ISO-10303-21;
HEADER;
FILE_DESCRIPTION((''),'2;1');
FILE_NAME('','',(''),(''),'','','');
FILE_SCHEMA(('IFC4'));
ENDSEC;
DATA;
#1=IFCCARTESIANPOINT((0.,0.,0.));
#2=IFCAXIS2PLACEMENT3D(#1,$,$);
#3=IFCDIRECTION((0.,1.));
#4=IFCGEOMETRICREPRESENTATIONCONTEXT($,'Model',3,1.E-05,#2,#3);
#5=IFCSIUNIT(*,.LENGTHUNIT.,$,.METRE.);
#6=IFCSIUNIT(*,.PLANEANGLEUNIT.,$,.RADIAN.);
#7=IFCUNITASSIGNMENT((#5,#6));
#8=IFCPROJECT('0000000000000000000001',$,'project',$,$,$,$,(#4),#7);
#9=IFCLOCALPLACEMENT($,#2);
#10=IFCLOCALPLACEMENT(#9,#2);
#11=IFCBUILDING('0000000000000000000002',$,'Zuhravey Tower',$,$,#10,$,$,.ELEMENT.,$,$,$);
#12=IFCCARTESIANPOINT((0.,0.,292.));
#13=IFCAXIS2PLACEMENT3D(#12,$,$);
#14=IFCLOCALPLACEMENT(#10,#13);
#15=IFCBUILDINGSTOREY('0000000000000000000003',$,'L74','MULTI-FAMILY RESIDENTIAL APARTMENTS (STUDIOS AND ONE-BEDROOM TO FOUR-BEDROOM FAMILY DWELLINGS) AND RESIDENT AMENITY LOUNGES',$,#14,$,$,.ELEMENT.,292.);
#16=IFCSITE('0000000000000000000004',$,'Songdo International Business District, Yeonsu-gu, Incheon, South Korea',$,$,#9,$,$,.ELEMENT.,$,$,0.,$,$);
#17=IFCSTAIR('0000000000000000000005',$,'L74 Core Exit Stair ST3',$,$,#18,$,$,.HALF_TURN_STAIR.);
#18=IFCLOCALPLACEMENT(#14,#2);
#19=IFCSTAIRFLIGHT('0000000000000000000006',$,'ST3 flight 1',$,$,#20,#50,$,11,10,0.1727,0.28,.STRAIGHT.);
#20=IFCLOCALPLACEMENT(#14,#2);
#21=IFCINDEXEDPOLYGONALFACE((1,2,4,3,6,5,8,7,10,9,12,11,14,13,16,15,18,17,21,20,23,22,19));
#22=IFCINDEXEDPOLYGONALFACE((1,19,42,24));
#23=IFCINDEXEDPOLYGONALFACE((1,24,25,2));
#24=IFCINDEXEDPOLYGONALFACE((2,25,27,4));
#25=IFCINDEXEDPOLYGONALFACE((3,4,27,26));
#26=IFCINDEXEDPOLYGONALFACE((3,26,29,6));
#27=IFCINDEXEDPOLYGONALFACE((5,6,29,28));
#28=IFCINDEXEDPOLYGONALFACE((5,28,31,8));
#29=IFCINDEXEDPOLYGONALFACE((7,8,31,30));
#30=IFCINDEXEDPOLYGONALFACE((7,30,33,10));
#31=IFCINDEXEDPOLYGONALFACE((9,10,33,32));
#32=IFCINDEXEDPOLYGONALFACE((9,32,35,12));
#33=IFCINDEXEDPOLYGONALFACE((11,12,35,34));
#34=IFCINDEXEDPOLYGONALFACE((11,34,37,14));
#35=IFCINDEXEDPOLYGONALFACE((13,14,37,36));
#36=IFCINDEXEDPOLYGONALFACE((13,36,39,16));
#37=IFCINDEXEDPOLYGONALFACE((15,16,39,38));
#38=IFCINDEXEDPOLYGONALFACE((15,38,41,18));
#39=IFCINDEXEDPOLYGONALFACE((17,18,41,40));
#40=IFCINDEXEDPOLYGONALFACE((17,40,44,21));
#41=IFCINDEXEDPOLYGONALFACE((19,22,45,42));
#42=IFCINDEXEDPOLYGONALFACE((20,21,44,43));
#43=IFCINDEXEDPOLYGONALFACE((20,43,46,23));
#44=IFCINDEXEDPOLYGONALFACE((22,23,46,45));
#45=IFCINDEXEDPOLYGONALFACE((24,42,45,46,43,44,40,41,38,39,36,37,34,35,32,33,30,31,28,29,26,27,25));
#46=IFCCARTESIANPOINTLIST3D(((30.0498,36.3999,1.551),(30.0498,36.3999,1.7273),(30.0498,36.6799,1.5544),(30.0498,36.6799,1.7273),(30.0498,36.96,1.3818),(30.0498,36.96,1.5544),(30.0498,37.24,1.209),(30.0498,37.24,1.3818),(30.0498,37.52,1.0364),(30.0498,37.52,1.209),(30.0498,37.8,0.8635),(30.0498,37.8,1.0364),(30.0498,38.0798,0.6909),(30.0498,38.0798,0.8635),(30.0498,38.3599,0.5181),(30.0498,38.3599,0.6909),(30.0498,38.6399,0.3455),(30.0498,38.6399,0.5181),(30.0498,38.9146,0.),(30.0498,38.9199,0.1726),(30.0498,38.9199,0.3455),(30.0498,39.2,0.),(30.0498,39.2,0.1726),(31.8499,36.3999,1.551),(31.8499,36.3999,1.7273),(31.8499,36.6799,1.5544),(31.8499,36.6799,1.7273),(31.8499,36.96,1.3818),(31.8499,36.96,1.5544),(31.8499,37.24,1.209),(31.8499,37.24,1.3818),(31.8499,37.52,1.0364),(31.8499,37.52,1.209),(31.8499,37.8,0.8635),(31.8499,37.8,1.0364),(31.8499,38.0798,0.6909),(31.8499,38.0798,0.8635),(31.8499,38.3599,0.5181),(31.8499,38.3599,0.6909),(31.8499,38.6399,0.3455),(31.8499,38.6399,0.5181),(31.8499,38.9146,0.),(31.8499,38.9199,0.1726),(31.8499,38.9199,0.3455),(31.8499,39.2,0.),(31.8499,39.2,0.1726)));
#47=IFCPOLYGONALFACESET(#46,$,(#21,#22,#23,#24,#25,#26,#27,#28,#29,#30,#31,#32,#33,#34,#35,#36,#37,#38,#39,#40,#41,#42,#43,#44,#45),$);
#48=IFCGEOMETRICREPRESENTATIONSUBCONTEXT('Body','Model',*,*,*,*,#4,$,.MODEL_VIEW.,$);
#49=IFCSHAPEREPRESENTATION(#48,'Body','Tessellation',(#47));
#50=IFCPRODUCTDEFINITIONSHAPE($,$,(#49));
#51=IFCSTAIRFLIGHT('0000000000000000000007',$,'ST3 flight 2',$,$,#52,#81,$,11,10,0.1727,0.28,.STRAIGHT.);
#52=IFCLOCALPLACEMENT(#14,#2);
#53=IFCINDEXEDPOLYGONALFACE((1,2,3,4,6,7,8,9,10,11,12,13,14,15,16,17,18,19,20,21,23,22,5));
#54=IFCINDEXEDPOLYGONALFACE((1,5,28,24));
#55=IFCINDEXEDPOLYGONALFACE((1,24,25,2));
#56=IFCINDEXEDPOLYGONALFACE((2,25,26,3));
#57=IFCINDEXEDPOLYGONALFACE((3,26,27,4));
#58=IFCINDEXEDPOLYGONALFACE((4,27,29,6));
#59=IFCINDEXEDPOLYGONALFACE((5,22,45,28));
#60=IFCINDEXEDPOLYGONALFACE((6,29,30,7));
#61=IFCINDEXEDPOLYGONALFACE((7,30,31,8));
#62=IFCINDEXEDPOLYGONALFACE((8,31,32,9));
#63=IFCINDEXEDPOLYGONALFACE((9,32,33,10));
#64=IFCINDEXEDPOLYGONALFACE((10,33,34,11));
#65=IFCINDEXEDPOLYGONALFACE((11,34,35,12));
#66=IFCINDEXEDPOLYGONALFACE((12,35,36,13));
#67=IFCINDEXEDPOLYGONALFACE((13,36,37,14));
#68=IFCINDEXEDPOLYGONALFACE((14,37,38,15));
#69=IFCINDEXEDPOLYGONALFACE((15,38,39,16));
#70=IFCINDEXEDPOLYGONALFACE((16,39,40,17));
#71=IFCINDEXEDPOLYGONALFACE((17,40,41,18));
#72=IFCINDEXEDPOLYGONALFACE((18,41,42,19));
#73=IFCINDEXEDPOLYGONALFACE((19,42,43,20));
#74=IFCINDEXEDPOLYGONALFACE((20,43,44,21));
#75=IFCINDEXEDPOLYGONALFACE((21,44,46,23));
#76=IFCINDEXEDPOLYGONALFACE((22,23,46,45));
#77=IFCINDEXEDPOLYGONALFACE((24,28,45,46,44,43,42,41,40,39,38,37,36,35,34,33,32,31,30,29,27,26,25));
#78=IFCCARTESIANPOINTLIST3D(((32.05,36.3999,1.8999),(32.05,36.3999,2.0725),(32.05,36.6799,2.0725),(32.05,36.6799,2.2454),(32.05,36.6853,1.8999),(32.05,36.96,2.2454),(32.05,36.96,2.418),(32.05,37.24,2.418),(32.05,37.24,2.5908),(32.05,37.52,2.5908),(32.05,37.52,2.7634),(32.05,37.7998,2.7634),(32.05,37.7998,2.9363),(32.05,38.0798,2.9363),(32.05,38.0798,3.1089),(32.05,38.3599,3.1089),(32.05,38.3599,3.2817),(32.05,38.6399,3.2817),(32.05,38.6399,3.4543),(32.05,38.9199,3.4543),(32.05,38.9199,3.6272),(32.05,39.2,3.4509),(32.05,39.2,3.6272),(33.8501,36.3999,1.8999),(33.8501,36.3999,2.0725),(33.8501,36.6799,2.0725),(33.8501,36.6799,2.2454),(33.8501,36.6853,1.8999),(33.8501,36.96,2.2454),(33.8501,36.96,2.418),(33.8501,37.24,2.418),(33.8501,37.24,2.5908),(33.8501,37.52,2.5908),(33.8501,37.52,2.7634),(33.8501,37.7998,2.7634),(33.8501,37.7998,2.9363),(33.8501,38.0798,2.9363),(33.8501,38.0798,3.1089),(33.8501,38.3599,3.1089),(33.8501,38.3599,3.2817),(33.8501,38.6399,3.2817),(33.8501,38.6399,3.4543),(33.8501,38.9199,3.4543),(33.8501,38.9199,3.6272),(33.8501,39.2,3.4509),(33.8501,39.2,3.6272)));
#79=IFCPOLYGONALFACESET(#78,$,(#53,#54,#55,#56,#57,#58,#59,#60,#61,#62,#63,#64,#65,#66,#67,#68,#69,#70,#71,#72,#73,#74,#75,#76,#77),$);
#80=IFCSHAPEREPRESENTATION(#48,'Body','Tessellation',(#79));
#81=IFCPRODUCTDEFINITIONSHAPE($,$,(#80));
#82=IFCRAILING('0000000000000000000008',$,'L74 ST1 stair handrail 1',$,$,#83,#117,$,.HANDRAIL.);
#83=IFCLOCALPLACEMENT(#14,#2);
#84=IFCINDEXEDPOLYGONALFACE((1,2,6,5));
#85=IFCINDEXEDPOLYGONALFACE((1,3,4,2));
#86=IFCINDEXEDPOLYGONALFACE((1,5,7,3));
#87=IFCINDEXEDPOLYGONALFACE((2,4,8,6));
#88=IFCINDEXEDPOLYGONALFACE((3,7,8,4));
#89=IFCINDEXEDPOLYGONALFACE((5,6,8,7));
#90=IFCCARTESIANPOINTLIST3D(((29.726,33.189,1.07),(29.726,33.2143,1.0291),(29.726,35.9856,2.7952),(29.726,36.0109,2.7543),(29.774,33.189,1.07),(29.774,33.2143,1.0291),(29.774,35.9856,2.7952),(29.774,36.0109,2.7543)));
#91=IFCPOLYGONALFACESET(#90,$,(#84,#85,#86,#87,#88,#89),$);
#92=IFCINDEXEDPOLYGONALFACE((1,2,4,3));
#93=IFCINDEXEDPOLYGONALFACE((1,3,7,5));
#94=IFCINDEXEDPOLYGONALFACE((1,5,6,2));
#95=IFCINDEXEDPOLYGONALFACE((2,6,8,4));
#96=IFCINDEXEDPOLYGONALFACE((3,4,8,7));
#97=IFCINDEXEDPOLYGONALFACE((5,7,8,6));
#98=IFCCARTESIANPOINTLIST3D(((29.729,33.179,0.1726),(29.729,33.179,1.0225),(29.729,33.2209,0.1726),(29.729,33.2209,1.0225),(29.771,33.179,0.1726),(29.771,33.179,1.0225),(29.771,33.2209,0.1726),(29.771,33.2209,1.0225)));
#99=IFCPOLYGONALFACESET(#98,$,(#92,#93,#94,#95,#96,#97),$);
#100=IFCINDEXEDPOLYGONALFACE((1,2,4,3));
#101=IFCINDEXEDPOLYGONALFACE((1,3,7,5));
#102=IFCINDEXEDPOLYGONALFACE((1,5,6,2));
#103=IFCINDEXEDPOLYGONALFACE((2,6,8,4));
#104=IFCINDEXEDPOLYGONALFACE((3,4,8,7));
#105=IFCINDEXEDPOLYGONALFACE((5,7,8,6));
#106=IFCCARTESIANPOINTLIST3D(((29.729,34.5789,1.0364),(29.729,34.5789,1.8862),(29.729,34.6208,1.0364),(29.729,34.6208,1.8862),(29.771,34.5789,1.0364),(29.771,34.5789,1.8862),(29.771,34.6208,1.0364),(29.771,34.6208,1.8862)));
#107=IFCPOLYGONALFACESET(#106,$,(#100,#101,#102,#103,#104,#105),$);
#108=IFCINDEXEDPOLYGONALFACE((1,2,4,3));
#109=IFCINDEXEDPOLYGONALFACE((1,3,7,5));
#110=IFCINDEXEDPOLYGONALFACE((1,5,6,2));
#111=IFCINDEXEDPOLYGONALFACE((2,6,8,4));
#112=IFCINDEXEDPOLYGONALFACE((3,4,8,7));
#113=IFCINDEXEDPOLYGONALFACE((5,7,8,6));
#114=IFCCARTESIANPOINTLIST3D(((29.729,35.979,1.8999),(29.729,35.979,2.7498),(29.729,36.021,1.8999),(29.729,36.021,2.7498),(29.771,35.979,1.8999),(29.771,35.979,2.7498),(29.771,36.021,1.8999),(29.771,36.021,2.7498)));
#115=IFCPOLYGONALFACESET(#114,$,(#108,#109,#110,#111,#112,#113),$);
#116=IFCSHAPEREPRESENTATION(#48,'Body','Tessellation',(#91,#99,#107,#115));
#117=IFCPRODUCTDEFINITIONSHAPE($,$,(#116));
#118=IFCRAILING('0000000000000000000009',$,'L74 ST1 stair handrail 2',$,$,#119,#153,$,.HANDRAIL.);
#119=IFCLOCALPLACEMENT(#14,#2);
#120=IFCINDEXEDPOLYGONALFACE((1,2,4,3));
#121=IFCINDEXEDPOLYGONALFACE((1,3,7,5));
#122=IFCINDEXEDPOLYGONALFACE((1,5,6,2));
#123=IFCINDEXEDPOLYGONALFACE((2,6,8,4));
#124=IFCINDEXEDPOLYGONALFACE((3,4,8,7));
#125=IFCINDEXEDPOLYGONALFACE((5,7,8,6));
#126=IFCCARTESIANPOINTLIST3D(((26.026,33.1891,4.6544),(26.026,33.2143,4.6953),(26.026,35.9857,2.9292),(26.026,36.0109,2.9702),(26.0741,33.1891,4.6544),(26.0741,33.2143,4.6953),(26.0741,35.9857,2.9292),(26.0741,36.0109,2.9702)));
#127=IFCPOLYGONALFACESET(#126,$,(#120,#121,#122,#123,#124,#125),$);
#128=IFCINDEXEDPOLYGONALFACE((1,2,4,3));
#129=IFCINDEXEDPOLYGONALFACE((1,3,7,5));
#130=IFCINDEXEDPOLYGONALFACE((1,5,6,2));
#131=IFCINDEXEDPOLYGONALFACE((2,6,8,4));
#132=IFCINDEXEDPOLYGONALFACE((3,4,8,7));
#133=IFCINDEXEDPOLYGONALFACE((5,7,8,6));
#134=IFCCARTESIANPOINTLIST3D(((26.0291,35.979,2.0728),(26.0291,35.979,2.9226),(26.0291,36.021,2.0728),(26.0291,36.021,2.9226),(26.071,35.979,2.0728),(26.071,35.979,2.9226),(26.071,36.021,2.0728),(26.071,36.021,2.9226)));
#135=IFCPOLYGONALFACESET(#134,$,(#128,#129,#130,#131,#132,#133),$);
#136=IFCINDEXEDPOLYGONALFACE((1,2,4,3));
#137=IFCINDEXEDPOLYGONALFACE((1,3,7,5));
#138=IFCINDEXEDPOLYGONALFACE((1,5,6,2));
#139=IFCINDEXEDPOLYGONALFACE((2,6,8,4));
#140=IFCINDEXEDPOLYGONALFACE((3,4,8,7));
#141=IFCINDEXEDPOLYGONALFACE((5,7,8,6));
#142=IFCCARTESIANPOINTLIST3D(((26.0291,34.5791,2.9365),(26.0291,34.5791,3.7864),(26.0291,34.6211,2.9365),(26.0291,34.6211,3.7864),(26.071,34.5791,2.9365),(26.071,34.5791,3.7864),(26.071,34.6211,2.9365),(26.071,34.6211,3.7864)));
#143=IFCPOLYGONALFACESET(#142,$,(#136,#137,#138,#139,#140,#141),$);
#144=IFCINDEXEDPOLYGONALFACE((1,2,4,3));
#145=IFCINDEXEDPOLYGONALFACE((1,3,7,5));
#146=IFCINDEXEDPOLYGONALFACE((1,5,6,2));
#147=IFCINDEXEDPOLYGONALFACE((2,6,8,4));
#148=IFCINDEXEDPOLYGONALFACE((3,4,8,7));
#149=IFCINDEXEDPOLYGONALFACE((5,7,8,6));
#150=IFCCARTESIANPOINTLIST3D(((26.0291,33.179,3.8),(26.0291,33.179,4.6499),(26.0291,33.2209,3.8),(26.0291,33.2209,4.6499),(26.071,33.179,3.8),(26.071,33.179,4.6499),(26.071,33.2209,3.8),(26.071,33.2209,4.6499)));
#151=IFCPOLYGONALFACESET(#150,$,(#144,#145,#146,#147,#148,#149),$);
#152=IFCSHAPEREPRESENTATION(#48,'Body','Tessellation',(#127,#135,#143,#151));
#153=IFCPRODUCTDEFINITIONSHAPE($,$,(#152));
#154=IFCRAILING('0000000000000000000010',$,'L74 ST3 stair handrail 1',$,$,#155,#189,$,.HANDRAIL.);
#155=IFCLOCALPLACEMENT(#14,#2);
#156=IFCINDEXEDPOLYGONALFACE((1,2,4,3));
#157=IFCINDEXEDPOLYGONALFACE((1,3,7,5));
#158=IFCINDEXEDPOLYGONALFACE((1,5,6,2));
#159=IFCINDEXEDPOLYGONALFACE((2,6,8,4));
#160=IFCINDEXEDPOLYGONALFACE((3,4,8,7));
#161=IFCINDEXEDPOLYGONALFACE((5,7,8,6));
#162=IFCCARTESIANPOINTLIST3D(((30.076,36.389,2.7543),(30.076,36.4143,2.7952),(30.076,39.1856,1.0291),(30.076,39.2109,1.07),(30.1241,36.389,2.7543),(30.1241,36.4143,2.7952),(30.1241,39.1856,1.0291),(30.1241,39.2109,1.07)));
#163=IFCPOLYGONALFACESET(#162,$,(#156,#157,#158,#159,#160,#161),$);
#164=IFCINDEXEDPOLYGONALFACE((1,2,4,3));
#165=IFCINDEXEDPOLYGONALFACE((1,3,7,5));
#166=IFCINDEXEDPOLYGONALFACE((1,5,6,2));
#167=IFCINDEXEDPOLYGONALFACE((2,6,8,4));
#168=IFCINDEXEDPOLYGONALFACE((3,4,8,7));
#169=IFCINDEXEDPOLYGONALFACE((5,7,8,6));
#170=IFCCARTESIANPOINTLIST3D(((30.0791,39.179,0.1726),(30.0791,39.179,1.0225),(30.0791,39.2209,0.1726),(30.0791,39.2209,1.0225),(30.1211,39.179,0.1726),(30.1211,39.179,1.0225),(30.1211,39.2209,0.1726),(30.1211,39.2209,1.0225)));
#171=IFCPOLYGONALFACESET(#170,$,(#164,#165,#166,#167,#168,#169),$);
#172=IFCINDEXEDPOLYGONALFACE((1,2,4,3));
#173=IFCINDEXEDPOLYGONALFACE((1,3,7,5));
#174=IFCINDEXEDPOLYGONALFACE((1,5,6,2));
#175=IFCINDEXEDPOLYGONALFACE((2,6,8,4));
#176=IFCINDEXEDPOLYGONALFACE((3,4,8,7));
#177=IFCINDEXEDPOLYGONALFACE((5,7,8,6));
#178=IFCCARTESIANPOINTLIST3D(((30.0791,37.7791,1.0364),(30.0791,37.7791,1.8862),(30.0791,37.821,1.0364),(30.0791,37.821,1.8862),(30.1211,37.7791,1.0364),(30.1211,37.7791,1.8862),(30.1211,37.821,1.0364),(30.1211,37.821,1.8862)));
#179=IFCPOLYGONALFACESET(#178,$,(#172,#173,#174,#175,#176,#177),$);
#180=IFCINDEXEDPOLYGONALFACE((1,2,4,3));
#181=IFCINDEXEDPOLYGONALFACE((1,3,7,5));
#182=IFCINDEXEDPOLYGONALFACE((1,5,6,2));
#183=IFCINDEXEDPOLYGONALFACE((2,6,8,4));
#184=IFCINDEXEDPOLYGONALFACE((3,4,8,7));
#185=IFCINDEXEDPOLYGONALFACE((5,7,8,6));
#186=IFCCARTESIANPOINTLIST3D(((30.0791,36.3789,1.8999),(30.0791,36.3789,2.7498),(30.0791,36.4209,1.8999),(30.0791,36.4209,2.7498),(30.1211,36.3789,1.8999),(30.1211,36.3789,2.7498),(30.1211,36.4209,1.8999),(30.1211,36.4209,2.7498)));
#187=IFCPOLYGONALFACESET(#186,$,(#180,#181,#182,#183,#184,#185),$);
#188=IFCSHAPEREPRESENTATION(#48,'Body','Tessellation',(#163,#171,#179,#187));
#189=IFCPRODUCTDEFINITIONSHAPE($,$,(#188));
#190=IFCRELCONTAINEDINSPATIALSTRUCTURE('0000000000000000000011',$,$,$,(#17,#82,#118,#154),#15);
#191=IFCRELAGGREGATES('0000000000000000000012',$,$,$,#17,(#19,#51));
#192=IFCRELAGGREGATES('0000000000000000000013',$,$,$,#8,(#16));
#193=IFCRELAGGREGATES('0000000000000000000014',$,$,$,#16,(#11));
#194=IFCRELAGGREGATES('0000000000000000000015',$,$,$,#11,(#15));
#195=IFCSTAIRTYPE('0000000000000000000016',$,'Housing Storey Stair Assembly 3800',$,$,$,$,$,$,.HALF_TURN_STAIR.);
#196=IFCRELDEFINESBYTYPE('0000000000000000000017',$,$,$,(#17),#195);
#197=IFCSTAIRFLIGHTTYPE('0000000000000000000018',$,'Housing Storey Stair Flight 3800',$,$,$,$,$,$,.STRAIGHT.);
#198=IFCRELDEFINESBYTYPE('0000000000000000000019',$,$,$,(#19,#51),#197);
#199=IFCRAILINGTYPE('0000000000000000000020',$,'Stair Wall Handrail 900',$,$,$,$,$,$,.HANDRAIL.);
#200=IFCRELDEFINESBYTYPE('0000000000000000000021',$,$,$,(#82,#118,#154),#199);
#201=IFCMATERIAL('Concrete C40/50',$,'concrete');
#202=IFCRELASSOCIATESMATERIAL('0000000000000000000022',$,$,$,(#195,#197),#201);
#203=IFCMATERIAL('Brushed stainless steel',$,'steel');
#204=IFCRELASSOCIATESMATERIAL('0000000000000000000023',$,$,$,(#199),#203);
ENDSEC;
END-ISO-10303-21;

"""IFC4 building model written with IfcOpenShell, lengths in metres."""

from ifc_helpers import new_model, si_unit, direction, frame, origin, origin_2d, place, context, subcontext, project, spatial, polyline, rectangle, outline, extrude, material, type_object, element, aggregate, save


model = new_model("IFC4")

# Units and contexts
model_context = context("Model", 3, precision=1e-05, world=origin(), true_north=direction((0.0, 1.0)))
body_context = subcontext(model_context, "Body", "Model", "MODEL_VIEW")
ifc_project = project(units=[si_unit("LENGTHUNIT", "METRE"), si_unit("PLANEANGLEUNIT", "RADIAN")], contexts=[model_context])

# Site, building, storey
site_placement = place(None, origin())
site = spatial("IfcSite", under=ifc_project, at=site_placement, Name="Songdo International Business District, Yeonsu-gu, Incheon, South Korea", CompositionType="ELEMENT", RefElevation=0.0)
building_placement = place(site_placement, origin())
building = spatial("IfcBuilding", under=site, at=building_placement, Name="Zuhravey Tower", CompositionType="ELEMENT")
storey_placement = place(building_placement, frame((0.0, 0.0, 292.0)))
storey = spatial("IfcBuildingStorey", under=building, at=storey_placement, Name="L74", Description="MULTI-FAMILY RESIDENTIAL APARTMENTS (STUDIOS AND ONE-BEDROOM TO FOUR-BEDROOM FAMILY DWELLINGS) AND RESIDENT AMENITY LOUNGES", CompositionType="ELEMENT", Elevation=292.0)

# Stair, stair flights
ifc_material_1 = material(Name="Concrete C40/50", Category="concrete")
stair_type = type_object("IfcStairType", Name="Housing Storey Stair Assembly 3800", PredefinedType="HALF_TURN_STAIR", material=ifc_material_1)
stair_flight_type = type_object("IfcStairFlightType", Name="Housing Storey Stair Flight 3800", PredefinedType="STRAIGHT", material=ifc_material_1)
stair_1_placement = place(storey_placement, origin())
stair_1 = element("IfcStair", 1, at=stair_1_placement, inside=storey, type_object=stair_type, Name="L74 Core Exit Stair ST3", PredefinedType="HALF_TURN_STAIR")
stair_flight_1_placement = place(storey_placement, frame((30.95, 39.2, 0.0), z_axis=(0.0, 0.0, 1.0), x_axis=(0.0, -1.0, 0.0)))
stair_flight_1 = element("IfcStairFlight", 2, at=stair_flight_1_placement, type_object=stair_flight_type, Name="ST3 flight 1", NumberOfRisers=11, NumberOfTreads=10, PredefinedType="STRAIGHT", RiserHeight=0.1727, TreadLength=0.28, context=body_context, shape_type="SweptSolid", body=[
    extrude(outline(polyline([(0.0, 0.0), (0.0, 0.1726), (0.28, 0.1726), (0.28, 0.3455), (0.5601, 0.3455), (0.5601, 0.5181), (0.8401, 0.5181), (0.8401, 0.6909), (1.1201, 0.6909), (1.1201, 0.8635), (1.3999, 0.8635), (1.3999, 1.0364), (1.6799, 1.0364), (1.6799, 1.209), (1.96, 1.209), (1.96, 1.3818), (2.24, 1.3818), (2.24, 1.5544), (2.52, 1.5544), (2.52, 1.7273), (2.8, 1.7273), (2.8, 1.8999), (2.8, 1.551), (0.2854, 0.0), (0.0, 0.0)])), frame((0.0, 0.8999, 0.0), z_axis=(0.0, -1.0, 0.0), x_axis=(1.0, 0.0, 0.0)), (0.0, 0.0, 1.0), 1.8),
])
stair_flight_2_placement = place(storey_placement, frame((32.95, 36.3999, 1.8999), z_axis=(0.0, 0.0, 1.0), x_axis=(0.0, 1.0, 0.0)))
stair_flight_2 = element("IfcStairFlight", 3, at=stair_flight_2_placement, type_object=stair_flight_type, Name="ST3 flight 2", NumberOfRisers=11, NumberOfTreads=10, PredefinedType="STRAIGHT", RiserHeight=0.1727, TreadLength=0.28, context=body_context, shape_type="SweptSolid", body=[
    extrude(outline(polyline([(0.0, 0.0), (0.0, 0.1726), (0.28, 0.1726), (0.28, 0.3455), (0.5601, 0.3455), (0.5601, 0.5181), (0.8401, 0.5181), (0.8401, 0.6909), (1.1201, 0.6909), (1.1201, 0.8635), (1.3999, 0.8635), (1.3999, 1.0364), (1.6799, 1.0364), (1.6799, 1.209), (1.96, 1.209), (1.96, 1.3818), (2.24, 1.3818), (2.24, 1.5544), (2.52, 1.5544), (2.52, 1.7273), (2.8, 1.7273), (2.8, 1.8999), (2.8, 1.551), (0.2854, 0.0), (0.0, 0.0)])), frame((0.0, 0.8999, 0.0), z_axis=(0.0, -1.0, 0.0), x_axis=(1.0, 0.0, 0.0)), (0.0, 0.0, 1.0), 1.8),
])
aggregate(stair_1, [stair_flight_1, stair_flight_2])

# Railings
ifc_material_2 = material(Name="Brushed stainless steel", Category="steel")
railing_type_1 = type_object("IfcRailingType", Name="Stair Wall Handrail 900", PredefinedType="HANDRAIL", material=ifc_material_2)
railing_1_placement = place(storey_placement, frame((29.75, 33.2, 0.1726)))
element("IfcRailing", 4, at=railing_1_placement, inside=storey, type_object=railing_type_1, Name="L74 ST1 stair handrail 1", PredefinedType="HANDRAIL", context=body_context, shape_type="SweptSolid", body=[
    extrude(rectangle(XDim=0.0481, YDim=0.0481, at=origin_2d()), frame((0.0, 0.0017, 0.877), z_axis=(0.0, 0.85109, 0.52502), x_axis=(-1.0, 0.0, 0.0)), (0.0, 0.0, 1.0), 3.2859),
    extrude(rectangle(XDim=0.042, YDim=0.042, at=origin_2d()), origin(), (0.0, 0.0, 1.0), 0.8499),
    extrude(rectangle(XDim=0.042, YDim=0.042, at=origin_2d()), frame((0.0, 1.3999, 0.8638)), (0.0, 0.0, 1.0), 0.8499),
    extrude(rectangle(XDim=0.042, YDim=0.042, at=origin_2d()), frame((0.0, 2.8, 1.7273)), (0.0, 0.0, 1.0), 0.8499),
])
for number, where, name in (
    (5, (26.05, 36.0, 2.0728), "L74 ST1 stair handrail 2"),
    (6, (30.1001, 39.2, 0.1726), "L74 ST3 stair handrail 1"),
):
    element("IfcRailing", number, at=place(storey_placement, frame(where)), inside=storey, type_object=railing_type_1, Name=name, PredefinedType="HANDRAIL", context=body_context, shape_type="SweptSolid", body=[
        extrude(rectangle(XDim=0.0481, YDim=0.0481, at=origin_2d()), frame((0.0, -0.0017, 0.877), z_axis=(0.0, -0.85109, 0.52502), x_axis=(1.0, 0.0, 0.0)), (0.0, 0.0, 1.0), 3.2859),
        extrude(rectangle(XDim=0.042, YDim=0.042, at=origin_2d()), origin(), (0.0, 0.0, 1.0), 0.8499),
        extrude(rectangle(XDim=0.042, YDim=0.042, at=origin_2d()), frame((0.0, -1.3999, 0.8638)), (0.0, 0.0, 1.0), 0.8499),
        extrude(rectangle(XDim=0.042, YDim=0.042, at=origin_2d()), frame((0.0, -2.8, 1.7273)), (0.0, 0.0, 1.0), 0.8499),
    ])

save(model, "model.ifc")
